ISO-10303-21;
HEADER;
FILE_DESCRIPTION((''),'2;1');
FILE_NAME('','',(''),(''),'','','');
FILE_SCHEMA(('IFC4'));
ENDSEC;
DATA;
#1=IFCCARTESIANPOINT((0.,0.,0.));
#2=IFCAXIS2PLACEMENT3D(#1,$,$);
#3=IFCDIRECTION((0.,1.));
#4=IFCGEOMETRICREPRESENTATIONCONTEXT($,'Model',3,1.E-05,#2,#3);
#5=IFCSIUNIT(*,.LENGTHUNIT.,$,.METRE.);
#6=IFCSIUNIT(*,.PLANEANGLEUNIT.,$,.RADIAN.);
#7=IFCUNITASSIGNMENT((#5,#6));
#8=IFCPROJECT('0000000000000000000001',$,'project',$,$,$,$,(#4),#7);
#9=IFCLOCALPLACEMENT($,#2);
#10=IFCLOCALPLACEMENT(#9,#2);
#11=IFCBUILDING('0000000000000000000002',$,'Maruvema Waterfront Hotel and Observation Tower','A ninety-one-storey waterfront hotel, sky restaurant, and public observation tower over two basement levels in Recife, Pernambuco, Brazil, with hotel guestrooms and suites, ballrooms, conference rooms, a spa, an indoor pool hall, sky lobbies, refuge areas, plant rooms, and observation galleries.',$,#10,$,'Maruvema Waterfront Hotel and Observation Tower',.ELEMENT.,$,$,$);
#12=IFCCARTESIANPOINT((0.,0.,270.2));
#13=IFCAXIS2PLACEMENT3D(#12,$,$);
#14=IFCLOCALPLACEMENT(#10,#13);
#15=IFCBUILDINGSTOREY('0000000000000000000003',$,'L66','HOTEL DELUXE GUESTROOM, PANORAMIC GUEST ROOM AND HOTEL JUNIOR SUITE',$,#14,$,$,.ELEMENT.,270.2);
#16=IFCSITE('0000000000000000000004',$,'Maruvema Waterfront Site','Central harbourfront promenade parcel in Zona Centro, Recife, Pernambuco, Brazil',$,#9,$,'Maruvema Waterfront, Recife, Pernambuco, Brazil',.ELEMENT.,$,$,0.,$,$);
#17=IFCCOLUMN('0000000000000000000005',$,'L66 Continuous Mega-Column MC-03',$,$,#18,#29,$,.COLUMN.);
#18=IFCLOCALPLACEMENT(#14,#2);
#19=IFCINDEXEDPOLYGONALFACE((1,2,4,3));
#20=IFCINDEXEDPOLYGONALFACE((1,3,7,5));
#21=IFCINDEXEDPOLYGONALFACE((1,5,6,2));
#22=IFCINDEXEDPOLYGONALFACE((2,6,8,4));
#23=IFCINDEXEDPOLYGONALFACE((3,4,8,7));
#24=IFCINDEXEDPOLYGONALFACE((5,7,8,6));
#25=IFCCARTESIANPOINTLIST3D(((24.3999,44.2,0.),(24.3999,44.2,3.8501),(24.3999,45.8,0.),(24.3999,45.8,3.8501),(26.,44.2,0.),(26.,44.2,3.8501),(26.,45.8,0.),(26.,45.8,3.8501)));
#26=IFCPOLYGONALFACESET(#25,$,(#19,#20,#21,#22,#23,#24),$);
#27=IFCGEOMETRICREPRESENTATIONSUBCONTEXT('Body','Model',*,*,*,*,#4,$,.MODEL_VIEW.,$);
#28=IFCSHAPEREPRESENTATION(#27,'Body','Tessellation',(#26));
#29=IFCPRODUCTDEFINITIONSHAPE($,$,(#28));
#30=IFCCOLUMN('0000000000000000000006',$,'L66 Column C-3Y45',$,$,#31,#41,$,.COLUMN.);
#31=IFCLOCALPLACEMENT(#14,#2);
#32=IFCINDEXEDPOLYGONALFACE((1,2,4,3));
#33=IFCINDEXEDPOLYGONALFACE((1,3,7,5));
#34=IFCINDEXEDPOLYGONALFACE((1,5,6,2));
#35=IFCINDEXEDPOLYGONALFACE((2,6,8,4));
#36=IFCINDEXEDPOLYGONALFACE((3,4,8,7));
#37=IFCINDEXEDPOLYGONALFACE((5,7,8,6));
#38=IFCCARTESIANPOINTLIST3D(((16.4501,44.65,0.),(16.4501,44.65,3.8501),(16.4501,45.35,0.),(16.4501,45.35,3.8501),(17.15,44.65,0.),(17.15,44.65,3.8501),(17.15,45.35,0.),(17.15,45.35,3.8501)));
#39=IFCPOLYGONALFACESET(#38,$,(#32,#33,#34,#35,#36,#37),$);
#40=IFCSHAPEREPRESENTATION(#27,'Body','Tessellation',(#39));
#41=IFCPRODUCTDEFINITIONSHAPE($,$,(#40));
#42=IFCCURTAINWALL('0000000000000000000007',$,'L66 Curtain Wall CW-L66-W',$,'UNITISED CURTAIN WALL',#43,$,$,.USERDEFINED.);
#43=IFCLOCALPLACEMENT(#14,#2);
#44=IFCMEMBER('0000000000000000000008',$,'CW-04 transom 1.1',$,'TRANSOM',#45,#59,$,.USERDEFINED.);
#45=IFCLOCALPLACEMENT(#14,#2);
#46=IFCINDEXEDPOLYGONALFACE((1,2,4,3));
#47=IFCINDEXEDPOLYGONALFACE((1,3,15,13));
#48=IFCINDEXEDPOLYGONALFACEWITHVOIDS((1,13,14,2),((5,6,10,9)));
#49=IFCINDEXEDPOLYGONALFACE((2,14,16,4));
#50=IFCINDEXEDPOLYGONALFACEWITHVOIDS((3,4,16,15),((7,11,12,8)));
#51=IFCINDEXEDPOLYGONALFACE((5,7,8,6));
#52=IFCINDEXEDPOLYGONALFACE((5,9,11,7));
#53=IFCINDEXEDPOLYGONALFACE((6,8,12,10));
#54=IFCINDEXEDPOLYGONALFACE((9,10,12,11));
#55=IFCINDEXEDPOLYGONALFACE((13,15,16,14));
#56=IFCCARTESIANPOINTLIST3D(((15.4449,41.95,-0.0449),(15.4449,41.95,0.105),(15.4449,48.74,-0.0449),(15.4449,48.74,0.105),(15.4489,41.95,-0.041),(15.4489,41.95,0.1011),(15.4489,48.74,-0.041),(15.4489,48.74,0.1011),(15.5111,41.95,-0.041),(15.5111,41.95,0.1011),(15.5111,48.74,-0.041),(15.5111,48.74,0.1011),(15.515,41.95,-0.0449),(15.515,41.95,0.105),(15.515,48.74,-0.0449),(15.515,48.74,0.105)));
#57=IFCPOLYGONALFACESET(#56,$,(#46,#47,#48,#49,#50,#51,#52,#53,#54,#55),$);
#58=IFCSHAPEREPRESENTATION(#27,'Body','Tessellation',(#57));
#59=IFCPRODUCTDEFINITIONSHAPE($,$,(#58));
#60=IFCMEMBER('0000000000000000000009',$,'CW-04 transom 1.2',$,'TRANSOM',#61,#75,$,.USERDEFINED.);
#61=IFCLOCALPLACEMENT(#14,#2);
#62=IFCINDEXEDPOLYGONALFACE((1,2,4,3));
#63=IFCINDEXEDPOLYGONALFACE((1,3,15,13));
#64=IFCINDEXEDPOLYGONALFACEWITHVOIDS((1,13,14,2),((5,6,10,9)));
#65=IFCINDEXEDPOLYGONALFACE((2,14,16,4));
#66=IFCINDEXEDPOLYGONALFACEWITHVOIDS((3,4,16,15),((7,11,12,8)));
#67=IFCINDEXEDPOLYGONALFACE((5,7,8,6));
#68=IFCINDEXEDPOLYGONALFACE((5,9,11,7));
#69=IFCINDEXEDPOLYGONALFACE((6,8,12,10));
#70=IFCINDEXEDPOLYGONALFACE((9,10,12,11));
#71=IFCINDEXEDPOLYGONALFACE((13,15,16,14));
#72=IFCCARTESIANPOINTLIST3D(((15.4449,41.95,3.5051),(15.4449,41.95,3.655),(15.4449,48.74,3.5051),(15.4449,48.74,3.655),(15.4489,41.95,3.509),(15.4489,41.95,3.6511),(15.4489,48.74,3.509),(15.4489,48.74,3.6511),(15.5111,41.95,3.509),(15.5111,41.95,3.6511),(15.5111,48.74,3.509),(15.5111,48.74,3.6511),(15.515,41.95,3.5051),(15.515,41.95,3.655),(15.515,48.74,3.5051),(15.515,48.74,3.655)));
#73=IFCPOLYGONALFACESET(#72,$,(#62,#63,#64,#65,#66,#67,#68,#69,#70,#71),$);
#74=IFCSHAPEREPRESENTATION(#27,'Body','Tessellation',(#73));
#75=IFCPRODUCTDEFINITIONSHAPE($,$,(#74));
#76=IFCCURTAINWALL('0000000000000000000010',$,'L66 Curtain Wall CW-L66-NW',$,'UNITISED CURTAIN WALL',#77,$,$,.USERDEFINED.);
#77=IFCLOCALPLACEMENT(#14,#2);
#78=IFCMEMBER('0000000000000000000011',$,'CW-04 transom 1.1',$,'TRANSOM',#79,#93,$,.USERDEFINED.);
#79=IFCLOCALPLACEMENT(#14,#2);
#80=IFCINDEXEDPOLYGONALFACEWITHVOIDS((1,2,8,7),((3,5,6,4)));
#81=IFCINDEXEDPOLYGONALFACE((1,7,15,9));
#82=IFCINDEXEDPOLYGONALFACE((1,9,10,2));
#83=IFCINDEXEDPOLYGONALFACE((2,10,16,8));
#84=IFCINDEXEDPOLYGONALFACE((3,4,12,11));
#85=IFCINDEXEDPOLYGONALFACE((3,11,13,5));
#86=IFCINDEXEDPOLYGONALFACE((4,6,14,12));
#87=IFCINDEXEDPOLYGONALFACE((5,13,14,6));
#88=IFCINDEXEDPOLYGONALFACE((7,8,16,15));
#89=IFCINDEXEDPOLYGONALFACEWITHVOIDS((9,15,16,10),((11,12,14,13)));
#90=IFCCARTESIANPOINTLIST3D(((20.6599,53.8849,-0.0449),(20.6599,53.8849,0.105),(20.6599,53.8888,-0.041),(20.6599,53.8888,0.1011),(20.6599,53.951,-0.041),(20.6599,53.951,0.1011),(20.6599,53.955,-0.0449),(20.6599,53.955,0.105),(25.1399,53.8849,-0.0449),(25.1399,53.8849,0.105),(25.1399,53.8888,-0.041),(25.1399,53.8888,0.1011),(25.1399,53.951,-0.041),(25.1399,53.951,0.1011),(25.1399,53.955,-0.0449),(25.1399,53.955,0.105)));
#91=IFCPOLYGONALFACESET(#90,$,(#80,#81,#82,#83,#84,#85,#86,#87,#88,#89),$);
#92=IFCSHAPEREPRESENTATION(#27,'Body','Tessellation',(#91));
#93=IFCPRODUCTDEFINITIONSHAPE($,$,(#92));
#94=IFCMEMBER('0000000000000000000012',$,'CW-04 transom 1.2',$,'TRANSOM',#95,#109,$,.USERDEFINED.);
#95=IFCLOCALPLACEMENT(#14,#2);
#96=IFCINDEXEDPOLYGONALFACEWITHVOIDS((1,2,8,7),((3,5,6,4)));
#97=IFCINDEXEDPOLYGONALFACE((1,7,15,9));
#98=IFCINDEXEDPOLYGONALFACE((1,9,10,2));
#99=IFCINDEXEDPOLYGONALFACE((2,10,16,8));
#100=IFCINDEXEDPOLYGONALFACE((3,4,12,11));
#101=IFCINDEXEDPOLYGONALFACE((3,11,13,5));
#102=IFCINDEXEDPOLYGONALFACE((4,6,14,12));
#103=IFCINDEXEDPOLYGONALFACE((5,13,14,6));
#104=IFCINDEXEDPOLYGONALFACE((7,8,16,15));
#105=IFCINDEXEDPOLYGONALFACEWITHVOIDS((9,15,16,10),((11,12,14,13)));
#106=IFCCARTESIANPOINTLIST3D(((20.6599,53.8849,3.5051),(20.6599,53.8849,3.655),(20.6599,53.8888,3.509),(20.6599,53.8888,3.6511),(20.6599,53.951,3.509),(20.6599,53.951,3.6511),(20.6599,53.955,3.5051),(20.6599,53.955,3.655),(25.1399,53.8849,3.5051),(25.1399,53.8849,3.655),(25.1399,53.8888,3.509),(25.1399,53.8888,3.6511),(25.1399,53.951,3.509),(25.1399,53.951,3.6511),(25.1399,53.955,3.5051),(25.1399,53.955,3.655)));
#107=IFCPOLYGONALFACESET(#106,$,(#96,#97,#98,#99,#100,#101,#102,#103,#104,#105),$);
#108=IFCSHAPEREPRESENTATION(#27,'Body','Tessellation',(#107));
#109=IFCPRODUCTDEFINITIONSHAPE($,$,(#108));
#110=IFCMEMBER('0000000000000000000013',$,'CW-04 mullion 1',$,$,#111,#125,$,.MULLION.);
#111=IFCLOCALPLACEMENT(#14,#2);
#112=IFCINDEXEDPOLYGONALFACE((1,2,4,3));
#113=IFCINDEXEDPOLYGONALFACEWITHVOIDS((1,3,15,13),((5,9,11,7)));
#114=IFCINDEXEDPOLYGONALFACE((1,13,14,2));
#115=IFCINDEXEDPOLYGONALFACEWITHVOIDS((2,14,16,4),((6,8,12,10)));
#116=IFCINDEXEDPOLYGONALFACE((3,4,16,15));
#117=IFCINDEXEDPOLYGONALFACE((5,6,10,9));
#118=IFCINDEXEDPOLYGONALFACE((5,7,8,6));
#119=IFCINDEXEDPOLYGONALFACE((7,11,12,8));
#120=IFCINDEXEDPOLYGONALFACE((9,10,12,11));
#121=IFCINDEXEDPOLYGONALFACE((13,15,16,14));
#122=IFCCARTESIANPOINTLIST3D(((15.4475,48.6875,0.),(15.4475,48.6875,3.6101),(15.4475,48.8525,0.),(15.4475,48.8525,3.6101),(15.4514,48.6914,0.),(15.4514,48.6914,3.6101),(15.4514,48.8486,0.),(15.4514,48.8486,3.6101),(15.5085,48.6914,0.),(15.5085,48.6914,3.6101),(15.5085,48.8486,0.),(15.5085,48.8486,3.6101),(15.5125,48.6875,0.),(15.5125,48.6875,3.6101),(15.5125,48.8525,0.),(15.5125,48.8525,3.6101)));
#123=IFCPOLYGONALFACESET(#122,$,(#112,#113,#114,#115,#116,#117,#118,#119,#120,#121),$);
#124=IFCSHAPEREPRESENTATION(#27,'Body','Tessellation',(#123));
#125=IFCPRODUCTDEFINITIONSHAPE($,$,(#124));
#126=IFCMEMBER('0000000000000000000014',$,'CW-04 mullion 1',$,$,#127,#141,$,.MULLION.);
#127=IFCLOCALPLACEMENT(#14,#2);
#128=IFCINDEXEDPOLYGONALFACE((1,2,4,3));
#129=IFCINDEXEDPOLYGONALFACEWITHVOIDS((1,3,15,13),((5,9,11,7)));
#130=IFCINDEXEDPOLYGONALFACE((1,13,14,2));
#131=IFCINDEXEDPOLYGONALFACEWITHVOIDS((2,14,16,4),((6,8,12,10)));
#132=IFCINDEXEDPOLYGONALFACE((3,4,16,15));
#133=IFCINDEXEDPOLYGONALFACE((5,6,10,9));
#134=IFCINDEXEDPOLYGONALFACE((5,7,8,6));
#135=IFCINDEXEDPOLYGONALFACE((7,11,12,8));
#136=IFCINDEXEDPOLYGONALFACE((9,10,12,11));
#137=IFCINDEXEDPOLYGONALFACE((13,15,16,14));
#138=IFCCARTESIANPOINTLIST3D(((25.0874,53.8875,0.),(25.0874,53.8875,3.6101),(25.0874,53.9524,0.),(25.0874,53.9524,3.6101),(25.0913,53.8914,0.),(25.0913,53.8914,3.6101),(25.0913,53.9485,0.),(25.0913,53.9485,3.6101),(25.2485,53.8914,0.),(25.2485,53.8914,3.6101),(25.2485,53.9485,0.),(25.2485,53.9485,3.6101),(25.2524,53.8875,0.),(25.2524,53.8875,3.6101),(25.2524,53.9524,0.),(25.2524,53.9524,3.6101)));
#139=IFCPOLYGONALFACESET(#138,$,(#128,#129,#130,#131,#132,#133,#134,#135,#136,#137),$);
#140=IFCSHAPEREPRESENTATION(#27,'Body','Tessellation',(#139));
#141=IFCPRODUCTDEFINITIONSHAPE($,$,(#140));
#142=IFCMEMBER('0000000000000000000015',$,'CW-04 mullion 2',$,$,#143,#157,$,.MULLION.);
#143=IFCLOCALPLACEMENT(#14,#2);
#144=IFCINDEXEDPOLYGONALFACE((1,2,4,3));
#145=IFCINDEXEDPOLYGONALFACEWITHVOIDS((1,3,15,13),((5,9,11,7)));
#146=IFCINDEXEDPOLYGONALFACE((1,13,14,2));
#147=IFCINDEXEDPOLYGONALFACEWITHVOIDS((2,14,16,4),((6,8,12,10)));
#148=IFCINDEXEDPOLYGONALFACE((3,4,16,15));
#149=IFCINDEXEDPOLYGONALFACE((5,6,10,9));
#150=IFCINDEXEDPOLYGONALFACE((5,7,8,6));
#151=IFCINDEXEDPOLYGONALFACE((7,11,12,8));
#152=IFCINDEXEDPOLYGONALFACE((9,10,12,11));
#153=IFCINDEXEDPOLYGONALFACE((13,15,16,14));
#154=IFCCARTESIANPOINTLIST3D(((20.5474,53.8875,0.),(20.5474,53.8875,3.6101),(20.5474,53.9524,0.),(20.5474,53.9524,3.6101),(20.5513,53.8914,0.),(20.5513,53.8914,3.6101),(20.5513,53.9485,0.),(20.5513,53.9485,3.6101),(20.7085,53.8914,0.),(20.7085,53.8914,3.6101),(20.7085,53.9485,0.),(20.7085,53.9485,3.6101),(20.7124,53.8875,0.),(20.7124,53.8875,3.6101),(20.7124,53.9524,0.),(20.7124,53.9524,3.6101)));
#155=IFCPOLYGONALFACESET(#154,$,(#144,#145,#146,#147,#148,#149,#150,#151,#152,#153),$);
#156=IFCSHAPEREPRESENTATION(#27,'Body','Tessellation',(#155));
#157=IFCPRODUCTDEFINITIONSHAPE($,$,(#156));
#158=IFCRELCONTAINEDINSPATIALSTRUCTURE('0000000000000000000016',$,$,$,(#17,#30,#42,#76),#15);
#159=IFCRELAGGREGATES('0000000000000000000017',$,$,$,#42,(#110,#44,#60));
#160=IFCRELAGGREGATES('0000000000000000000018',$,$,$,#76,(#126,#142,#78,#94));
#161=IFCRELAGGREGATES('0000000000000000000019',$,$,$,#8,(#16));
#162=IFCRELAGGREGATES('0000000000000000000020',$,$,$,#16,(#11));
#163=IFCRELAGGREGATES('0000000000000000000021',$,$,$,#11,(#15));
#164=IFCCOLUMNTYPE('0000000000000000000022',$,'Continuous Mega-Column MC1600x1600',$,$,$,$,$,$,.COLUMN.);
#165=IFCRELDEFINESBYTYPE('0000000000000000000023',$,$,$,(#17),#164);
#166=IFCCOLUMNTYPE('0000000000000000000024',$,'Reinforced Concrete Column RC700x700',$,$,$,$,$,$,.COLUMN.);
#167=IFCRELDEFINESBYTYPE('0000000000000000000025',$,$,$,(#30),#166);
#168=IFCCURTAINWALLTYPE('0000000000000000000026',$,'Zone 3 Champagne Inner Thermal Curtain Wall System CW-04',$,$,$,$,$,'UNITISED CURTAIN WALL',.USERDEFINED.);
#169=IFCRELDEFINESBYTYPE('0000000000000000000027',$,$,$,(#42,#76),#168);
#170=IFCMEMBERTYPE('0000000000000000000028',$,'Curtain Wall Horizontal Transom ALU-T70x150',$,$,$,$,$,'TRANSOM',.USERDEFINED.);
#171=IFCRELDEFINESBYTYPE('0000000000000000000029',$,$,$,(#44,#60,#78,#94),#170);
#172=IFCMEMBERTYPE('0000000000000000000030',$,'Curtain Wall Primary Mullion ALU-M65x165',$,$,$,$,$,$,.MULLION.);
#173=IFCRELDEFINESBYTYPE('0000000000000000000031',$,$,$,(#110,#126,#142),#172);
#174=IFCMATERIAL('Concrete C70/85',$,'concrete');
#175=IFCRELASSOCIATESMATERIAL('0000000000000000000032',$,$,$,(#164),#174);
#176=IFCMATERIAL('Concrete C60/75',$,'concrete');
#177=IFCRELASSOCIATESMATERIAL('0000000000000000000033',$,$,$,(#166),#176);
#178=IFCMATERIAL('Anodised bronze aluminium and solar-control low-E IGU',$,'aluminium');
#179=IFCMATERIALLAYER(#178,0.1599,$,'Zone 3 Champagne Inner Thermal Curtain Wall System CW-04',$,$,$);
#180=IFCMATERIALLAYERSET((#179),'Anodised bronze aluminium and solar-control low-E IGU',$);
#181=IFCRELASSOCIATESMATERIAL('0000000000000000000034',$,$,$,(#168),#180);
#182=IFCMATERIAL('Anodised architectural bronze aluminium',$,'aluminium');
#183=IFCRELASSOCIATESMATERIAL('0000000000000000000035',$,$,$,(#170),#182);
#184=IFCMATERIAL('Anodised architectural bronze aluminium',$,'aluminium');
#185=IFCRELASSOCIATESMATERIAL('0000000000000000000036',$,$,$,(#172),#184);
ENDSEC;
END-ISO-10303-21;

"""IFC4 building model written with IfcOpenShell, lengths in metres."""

from ifc_helpers import new_model, si_unit, direction, frame, origin, origin_2d, place, context, subcontext, project, spatial, rectangle, hollow_rectangle, extrude, material, layer, layer_set, material_profile, profile_set, type_object, element, aggregate, save


model = new_model("IFC4")

# Units and contexts
model_context = context("Model", 3, precision=1e-05, world=origin(), true_north=direction((0.0, 1.0)))
body_context = subcontext(model_context, "Body", "Model", "MODEL_VIEW")
ifc_project = project(units=[si_unit("LENGTHUNIT", "METRE"), si_unit("PLANEANGLEUNIT", "RADIAN")], contexts=[model_context])

# Site, building, storey
site_placement = place(None, origin())
site = spatial("IfcSite", under=ifc_project, at=site_placement, Name="Maruvema Waterfront Site", Description="Central harbourfront promenade parcel in Zona Centro, Recife, Pernambuco, Brazil", LongName="Maruvema Waterfront, Recife, Pernambuco, Brazil", CompositionType="ELEMENT", RefElevation=0.0)
building_placement = place(site_placement, origin())
building = spatial("IfcBuilding", under=site, at=building_placement, Name="Maruvema Waterfront Hotel and Observation Tower", Description="A ninety-one-storey waterfront hotel, sky restaurant, and public observation tower over two basement levels in Recife, Pernambuco, Brazil, with hotel guestrooms and suites, ballrooms, conference rooms, a spa, an indoor pool hall, sky lobbies, refuge areas, plant rooms, and observation galleries.", LongName="Maruvema Waterfront Hotel and Observation Tower", CompositionType="ELEMENT")
storey_placement = place(building_placement, frame((0.0, 0.0, 270.2)))
storey = spatial("IfcBuildingStorey", under=building, at=storey_placement, Name="L66", Description="HOTEL DELUXE GUESTROOM, PANORAMIC GUEST ROOM AND HOTEL JUNIOR SUITE", CompositionType="ELEMENT", Elevation=270.2)

# Columns
ifc_material_1 = material(Name="Concrete C70/85", Category="concrete")
ifc_material_profile_1 = material_profile(ifc_material_1, rectangle(XDim=1.6001, YDim=1.6001, at=origin_2d()), Name="MC1600x1600")
ifc_profile_set_1 = profile_set([ifc_material_profile_1], Name="Concrete C70/85")
column_type_1 = type_object("IfcColumnType", Name="Continuous Mega-Column MC1600x1600", PredefinedType="COLUMN", material=ifc_profile_set_1)
column_1_placement = place(storey_placement, frame((25.2, 45.0, 0.0), z_axis=(0.0, 0.0, 1.0), x_axis=(1.0, 0.0, 0.0)))
element("IfcColumn", 1, at=column_1_placement, inside=storey, type_object=column_type_1, Name="L66 Continuous Mega-Column MC-03", PredefinedType="COLUMN", context=body_context, shape_type="SweptSolid", body=[
    extrude(rectangle(XDim=1.6001, YDim=1.6001, at=origin_2d()), origin(), (0.0, 0.0, 1.0), 3.8501),
])
ifc_material_2 = material(Name="Concrete C60/75", Category="concrete")
ifc_material_profile_2 = material_profile(ifc_material_2, rectangle(XDim=0.7, YDim=0.7, at=origin_2d()), Name="RC700x700")
ifc_profile_set_2 = profile_set([ifc_material_profile_2], Name="Concrete C60/75")
column_type_2 = type_object("IfcColumnType", Name="Reinforced Concrete Column RC700x700", PredefinedType="COLUMN", material=ifc_profile_set_2)
column_2_placement = place(storey_placement, frame((16.8, 45.0, 0.0), z_axis=(0.0, 0.0, 1.0), x_axis=(1.0, 0.0, 0.0)))
element("IfcColumn", 2, at=column_2_placement, inside=storey, type_object=column_type_2, Name="L66 Column C-3Y45", PredefinedType="COLUMN", context=body_context, shape_type="SweptSolid", body=[
    extrude(rectangle(XDim=0.7, YDim=0.7, at=origin_2d()), origin(), (0.0, 0.0, 1.0), 3.8501),
])

# Curtain walls, members
ifc_material_3 = material(Name="Anodised bronze aluminium and solar-control low-E IGU", Category="aluminium")
ifc_layer_1 = layer(ifc_material_3, 0.1599, Name="Zone 3 Champagne Inner Thermal Curtain Wall System CW-04")
ifc_layer_set_1 = layer_set([ifc_layer_1], Name="Anodised bronze aluminium and solar-control low-E IGU")
curtain_wall_type = type_object("IfcCurtainWallType", Name="Zone 3 Champagne Inner Thermal Curtain Wall System CW-04", ElementType="UNITISED CURTAIN WALL", PredefinedType="USERDEFINED", material=ifc_layer_set_1)
curtain_wall_1_placement = place(storey_placement, origin())
curtain_wall_1 = element("IfcCurtainWall", 3, at=curtain_wall_1_placement, inside=storey, type_object=curtain_wall_type, Name="L66 Curtain Wall CW-L66-W", ObjectType="UNITISED CURTAIN WALL", PredefinedType="USERDEFINED")
ifc_material_4 = material(Name="Anodised architectural bronze aluminium", Category="aluminium")
ifc_material_profile_3 = material_profile(ifc_material_4, hollow_rectangle(XDim=0.0701, YDim=0.1499, WallThickness=0.0039, at=origin_2d()), Name="ALU-T70x150")
ifc_profile_set_3 = profile_set([ifc_material_profile_3], Name="Anodised architectural bronze aluminium")
member_type_1 = type_object("IfcMemberType", Name="Curtain Wall Horizontal Transom ALU-T70x150", ElementType="TRANSOM", PredefinedType="USERDEFINED", material=ifc_profile_set_3)
member_1_placement = place(storey_placement, frame((15.48, 48.74, 0.03), z_axis=(0.0, -1.0, 0.0), x_axis=(1.0, 0.0, 0.0)))
member_1 = element("IfcMember", 4, at=member_1_placement, type_object=member_type_1, Name="CW-04 transom 1.1", ObjectType="TRANSOM", PredefinedType="USERDEFINED", context=body_context, shape_type="SweptSolid", body=[
    extrude(hollow_rectangle(XDim=0.0701, YDim=0.1499, WallThickness=0.0039, at=origin_2d()), origin(), (0.0, 0.0, 1.0), 6.79),
])
member_2_placement = place(storey_placement, frame((15.48, 48.74, 3.5801), z_axis=(0.0, -1.0, 0.0), x_axis=(1.0, 0.0, 0.0)))
member_2 = element("IfcMember", 5, at=member_2_placement, type_object=member_type_1, Name="CW-04 transom 1.2", ObjectType="TRANSOM", PredefinedType="USERDEFINED", context=body_context, shape_type="SweptSolid", body=[
    extrude(hollow_rectangle(XDim=0.0701, YDim=0.1499, WallThickness=0.0039, at=origin_2d()), origin(), (0.0, 0.0, 1.0), 6.79),
])
curtain_wall_2_placement = place(storey_placement, origin())
curtain_wall_2 = element("IfcCurtainWall", 6, at=curtain_wall_2_placement, inside=storey, type_object=curtain_wall_type, Name="L66 Curtain Wall CW-L66-NW", ObjectType="UNITISED CURTAIN WALL", PredefinedType="USERDEFINED")
member_3_placement = place(storey_placement, frame((25.1399, 53.9199, 0.03), z_axis=(-1.0, 0.0, 0.0), x_axis=(0.0, -1.0, 0.0)))
member_3 = element("IfcMember", 7, at=member_3_placement, type_object=member_type_1, Name="CW-04 transom 1.1", ObjectType="TRANSOM", PredefinedType="USERDEFINED", context=body_context, shape_type="SweptSolid", body=[
    extrude(hollow_rectangle(XDim=0.0701, YDim=0.1499, WallThickness=0.0039, at=origin_2d()), origin(), (0.0, 0.0, 1.0), 4.48),
])
member_4_placement = place(storey_placement, frame((25.1399, 53.9199, 3.5801), z_axis=(-1.0, 0.0, 0.0), x_axis=(0.0, -1.0, 0.0)))
member_4 = element("IfcMember", 8, at=member_4_placement, type_object=member_type_1, Name="CW-04 transom 1.2", ObjectType="TRANSOM", PredefinedType="USERDEFINED", context=body_context, shape_type="SweptSolid", body=[
    extrude(hollow_rectangle(XDim=0.0701, YDim=0.1499, WallThickness=0.0039, at=origin_2d()), origin(), (0.0, 0.0, 1.0), 4.48),
])

# Members
ifc_material_5 = material(Name="Anodised architectural bronze aluminium", Category="aluminium")
ifc_material_profile_4 = material_profile(ifc_material_5, hollow_rectangle(XDim=0.0649, YDim=0.165, WallThickness=0.0039, at=origin_2d()), Name="ALU-M65x165")
ifc_profile_set_4 = profile_set([ifc_material_profile_4], Name="Anodised architectural bronze aluminium")
member_type_2 = type_object("IfcMemberType", Name="Curtain Wall Primary Mullion ALU-M65x165", PredefinedType="MULLION", material=ifc_profile_set_4)
member_5_placement = place(storey_placement, frame((15.48, 48.77, 0.0), z_axis=(0.0, 0.0, 1.0), x_axis=(1.0, 0.0, 0.0)))
member_5 = element("IfcMember", 9, at=member_5_placement, type_object=member_type_2, Name="CW-04 mullion 1", PredefinedType="MULLION", context=body_context, shape_type="SweptSolid", body=[
    extrude(hollow_rectangle(XDim=0.0649, YDim=0.165, WallThickness=0.0039, at=origin_2d()), origin(), (0.0, 0.0, 1.0), 3.6101),
])
member_6_placement = place(storey_placement, frame((25.1699, 53.9199, 0.0), z_axis=(0.0, 0.0, 1.0), x_axis=(0.0, -1.0, 0.0)))
member_6 = element("IfcMember", 10, at=member_6_placement, type_object=member_type_2, Name="CW-04 mullion 1", PredefinedType="MULLION", context=body_context, shape_type="SweptSolid", body=[
    extrude(hollow_rectangle(XDim=0.0649, YDim=0.165, WallThickness=0.0039, at=origin_2d()), origin(), (0.0, 0.0, 1.0), 3.6101),
])
member_7_placement = place(storey_placement, frame((20.6299, 53.9199, 0.0), z_axis=(0.0, 0.0, 1.0), x_axis=(0.0, -1.0, 0.0)))
member_7 = element("IfcMember", 11, at=member_7_placement, type_object=member_type_2, Name="CW-04 mullion 2", PredefinedType="MULLION", context=body_context, shape_type="SweptSolid", body=[
    extrude(hollow_rectangle(XDim=0.0649, YDim=0.165, WallThickness=0.0039, at=origin_2d()), origin(), (0.0, 0.0, 1.0), 3.6101),
])

aggregate(curtain_wall_1, [member_5, member_1, member_2])
aggregate(curtain_wall_2, [member_6, member_7, member_3, member_4])

save(model, "model.ifc")
